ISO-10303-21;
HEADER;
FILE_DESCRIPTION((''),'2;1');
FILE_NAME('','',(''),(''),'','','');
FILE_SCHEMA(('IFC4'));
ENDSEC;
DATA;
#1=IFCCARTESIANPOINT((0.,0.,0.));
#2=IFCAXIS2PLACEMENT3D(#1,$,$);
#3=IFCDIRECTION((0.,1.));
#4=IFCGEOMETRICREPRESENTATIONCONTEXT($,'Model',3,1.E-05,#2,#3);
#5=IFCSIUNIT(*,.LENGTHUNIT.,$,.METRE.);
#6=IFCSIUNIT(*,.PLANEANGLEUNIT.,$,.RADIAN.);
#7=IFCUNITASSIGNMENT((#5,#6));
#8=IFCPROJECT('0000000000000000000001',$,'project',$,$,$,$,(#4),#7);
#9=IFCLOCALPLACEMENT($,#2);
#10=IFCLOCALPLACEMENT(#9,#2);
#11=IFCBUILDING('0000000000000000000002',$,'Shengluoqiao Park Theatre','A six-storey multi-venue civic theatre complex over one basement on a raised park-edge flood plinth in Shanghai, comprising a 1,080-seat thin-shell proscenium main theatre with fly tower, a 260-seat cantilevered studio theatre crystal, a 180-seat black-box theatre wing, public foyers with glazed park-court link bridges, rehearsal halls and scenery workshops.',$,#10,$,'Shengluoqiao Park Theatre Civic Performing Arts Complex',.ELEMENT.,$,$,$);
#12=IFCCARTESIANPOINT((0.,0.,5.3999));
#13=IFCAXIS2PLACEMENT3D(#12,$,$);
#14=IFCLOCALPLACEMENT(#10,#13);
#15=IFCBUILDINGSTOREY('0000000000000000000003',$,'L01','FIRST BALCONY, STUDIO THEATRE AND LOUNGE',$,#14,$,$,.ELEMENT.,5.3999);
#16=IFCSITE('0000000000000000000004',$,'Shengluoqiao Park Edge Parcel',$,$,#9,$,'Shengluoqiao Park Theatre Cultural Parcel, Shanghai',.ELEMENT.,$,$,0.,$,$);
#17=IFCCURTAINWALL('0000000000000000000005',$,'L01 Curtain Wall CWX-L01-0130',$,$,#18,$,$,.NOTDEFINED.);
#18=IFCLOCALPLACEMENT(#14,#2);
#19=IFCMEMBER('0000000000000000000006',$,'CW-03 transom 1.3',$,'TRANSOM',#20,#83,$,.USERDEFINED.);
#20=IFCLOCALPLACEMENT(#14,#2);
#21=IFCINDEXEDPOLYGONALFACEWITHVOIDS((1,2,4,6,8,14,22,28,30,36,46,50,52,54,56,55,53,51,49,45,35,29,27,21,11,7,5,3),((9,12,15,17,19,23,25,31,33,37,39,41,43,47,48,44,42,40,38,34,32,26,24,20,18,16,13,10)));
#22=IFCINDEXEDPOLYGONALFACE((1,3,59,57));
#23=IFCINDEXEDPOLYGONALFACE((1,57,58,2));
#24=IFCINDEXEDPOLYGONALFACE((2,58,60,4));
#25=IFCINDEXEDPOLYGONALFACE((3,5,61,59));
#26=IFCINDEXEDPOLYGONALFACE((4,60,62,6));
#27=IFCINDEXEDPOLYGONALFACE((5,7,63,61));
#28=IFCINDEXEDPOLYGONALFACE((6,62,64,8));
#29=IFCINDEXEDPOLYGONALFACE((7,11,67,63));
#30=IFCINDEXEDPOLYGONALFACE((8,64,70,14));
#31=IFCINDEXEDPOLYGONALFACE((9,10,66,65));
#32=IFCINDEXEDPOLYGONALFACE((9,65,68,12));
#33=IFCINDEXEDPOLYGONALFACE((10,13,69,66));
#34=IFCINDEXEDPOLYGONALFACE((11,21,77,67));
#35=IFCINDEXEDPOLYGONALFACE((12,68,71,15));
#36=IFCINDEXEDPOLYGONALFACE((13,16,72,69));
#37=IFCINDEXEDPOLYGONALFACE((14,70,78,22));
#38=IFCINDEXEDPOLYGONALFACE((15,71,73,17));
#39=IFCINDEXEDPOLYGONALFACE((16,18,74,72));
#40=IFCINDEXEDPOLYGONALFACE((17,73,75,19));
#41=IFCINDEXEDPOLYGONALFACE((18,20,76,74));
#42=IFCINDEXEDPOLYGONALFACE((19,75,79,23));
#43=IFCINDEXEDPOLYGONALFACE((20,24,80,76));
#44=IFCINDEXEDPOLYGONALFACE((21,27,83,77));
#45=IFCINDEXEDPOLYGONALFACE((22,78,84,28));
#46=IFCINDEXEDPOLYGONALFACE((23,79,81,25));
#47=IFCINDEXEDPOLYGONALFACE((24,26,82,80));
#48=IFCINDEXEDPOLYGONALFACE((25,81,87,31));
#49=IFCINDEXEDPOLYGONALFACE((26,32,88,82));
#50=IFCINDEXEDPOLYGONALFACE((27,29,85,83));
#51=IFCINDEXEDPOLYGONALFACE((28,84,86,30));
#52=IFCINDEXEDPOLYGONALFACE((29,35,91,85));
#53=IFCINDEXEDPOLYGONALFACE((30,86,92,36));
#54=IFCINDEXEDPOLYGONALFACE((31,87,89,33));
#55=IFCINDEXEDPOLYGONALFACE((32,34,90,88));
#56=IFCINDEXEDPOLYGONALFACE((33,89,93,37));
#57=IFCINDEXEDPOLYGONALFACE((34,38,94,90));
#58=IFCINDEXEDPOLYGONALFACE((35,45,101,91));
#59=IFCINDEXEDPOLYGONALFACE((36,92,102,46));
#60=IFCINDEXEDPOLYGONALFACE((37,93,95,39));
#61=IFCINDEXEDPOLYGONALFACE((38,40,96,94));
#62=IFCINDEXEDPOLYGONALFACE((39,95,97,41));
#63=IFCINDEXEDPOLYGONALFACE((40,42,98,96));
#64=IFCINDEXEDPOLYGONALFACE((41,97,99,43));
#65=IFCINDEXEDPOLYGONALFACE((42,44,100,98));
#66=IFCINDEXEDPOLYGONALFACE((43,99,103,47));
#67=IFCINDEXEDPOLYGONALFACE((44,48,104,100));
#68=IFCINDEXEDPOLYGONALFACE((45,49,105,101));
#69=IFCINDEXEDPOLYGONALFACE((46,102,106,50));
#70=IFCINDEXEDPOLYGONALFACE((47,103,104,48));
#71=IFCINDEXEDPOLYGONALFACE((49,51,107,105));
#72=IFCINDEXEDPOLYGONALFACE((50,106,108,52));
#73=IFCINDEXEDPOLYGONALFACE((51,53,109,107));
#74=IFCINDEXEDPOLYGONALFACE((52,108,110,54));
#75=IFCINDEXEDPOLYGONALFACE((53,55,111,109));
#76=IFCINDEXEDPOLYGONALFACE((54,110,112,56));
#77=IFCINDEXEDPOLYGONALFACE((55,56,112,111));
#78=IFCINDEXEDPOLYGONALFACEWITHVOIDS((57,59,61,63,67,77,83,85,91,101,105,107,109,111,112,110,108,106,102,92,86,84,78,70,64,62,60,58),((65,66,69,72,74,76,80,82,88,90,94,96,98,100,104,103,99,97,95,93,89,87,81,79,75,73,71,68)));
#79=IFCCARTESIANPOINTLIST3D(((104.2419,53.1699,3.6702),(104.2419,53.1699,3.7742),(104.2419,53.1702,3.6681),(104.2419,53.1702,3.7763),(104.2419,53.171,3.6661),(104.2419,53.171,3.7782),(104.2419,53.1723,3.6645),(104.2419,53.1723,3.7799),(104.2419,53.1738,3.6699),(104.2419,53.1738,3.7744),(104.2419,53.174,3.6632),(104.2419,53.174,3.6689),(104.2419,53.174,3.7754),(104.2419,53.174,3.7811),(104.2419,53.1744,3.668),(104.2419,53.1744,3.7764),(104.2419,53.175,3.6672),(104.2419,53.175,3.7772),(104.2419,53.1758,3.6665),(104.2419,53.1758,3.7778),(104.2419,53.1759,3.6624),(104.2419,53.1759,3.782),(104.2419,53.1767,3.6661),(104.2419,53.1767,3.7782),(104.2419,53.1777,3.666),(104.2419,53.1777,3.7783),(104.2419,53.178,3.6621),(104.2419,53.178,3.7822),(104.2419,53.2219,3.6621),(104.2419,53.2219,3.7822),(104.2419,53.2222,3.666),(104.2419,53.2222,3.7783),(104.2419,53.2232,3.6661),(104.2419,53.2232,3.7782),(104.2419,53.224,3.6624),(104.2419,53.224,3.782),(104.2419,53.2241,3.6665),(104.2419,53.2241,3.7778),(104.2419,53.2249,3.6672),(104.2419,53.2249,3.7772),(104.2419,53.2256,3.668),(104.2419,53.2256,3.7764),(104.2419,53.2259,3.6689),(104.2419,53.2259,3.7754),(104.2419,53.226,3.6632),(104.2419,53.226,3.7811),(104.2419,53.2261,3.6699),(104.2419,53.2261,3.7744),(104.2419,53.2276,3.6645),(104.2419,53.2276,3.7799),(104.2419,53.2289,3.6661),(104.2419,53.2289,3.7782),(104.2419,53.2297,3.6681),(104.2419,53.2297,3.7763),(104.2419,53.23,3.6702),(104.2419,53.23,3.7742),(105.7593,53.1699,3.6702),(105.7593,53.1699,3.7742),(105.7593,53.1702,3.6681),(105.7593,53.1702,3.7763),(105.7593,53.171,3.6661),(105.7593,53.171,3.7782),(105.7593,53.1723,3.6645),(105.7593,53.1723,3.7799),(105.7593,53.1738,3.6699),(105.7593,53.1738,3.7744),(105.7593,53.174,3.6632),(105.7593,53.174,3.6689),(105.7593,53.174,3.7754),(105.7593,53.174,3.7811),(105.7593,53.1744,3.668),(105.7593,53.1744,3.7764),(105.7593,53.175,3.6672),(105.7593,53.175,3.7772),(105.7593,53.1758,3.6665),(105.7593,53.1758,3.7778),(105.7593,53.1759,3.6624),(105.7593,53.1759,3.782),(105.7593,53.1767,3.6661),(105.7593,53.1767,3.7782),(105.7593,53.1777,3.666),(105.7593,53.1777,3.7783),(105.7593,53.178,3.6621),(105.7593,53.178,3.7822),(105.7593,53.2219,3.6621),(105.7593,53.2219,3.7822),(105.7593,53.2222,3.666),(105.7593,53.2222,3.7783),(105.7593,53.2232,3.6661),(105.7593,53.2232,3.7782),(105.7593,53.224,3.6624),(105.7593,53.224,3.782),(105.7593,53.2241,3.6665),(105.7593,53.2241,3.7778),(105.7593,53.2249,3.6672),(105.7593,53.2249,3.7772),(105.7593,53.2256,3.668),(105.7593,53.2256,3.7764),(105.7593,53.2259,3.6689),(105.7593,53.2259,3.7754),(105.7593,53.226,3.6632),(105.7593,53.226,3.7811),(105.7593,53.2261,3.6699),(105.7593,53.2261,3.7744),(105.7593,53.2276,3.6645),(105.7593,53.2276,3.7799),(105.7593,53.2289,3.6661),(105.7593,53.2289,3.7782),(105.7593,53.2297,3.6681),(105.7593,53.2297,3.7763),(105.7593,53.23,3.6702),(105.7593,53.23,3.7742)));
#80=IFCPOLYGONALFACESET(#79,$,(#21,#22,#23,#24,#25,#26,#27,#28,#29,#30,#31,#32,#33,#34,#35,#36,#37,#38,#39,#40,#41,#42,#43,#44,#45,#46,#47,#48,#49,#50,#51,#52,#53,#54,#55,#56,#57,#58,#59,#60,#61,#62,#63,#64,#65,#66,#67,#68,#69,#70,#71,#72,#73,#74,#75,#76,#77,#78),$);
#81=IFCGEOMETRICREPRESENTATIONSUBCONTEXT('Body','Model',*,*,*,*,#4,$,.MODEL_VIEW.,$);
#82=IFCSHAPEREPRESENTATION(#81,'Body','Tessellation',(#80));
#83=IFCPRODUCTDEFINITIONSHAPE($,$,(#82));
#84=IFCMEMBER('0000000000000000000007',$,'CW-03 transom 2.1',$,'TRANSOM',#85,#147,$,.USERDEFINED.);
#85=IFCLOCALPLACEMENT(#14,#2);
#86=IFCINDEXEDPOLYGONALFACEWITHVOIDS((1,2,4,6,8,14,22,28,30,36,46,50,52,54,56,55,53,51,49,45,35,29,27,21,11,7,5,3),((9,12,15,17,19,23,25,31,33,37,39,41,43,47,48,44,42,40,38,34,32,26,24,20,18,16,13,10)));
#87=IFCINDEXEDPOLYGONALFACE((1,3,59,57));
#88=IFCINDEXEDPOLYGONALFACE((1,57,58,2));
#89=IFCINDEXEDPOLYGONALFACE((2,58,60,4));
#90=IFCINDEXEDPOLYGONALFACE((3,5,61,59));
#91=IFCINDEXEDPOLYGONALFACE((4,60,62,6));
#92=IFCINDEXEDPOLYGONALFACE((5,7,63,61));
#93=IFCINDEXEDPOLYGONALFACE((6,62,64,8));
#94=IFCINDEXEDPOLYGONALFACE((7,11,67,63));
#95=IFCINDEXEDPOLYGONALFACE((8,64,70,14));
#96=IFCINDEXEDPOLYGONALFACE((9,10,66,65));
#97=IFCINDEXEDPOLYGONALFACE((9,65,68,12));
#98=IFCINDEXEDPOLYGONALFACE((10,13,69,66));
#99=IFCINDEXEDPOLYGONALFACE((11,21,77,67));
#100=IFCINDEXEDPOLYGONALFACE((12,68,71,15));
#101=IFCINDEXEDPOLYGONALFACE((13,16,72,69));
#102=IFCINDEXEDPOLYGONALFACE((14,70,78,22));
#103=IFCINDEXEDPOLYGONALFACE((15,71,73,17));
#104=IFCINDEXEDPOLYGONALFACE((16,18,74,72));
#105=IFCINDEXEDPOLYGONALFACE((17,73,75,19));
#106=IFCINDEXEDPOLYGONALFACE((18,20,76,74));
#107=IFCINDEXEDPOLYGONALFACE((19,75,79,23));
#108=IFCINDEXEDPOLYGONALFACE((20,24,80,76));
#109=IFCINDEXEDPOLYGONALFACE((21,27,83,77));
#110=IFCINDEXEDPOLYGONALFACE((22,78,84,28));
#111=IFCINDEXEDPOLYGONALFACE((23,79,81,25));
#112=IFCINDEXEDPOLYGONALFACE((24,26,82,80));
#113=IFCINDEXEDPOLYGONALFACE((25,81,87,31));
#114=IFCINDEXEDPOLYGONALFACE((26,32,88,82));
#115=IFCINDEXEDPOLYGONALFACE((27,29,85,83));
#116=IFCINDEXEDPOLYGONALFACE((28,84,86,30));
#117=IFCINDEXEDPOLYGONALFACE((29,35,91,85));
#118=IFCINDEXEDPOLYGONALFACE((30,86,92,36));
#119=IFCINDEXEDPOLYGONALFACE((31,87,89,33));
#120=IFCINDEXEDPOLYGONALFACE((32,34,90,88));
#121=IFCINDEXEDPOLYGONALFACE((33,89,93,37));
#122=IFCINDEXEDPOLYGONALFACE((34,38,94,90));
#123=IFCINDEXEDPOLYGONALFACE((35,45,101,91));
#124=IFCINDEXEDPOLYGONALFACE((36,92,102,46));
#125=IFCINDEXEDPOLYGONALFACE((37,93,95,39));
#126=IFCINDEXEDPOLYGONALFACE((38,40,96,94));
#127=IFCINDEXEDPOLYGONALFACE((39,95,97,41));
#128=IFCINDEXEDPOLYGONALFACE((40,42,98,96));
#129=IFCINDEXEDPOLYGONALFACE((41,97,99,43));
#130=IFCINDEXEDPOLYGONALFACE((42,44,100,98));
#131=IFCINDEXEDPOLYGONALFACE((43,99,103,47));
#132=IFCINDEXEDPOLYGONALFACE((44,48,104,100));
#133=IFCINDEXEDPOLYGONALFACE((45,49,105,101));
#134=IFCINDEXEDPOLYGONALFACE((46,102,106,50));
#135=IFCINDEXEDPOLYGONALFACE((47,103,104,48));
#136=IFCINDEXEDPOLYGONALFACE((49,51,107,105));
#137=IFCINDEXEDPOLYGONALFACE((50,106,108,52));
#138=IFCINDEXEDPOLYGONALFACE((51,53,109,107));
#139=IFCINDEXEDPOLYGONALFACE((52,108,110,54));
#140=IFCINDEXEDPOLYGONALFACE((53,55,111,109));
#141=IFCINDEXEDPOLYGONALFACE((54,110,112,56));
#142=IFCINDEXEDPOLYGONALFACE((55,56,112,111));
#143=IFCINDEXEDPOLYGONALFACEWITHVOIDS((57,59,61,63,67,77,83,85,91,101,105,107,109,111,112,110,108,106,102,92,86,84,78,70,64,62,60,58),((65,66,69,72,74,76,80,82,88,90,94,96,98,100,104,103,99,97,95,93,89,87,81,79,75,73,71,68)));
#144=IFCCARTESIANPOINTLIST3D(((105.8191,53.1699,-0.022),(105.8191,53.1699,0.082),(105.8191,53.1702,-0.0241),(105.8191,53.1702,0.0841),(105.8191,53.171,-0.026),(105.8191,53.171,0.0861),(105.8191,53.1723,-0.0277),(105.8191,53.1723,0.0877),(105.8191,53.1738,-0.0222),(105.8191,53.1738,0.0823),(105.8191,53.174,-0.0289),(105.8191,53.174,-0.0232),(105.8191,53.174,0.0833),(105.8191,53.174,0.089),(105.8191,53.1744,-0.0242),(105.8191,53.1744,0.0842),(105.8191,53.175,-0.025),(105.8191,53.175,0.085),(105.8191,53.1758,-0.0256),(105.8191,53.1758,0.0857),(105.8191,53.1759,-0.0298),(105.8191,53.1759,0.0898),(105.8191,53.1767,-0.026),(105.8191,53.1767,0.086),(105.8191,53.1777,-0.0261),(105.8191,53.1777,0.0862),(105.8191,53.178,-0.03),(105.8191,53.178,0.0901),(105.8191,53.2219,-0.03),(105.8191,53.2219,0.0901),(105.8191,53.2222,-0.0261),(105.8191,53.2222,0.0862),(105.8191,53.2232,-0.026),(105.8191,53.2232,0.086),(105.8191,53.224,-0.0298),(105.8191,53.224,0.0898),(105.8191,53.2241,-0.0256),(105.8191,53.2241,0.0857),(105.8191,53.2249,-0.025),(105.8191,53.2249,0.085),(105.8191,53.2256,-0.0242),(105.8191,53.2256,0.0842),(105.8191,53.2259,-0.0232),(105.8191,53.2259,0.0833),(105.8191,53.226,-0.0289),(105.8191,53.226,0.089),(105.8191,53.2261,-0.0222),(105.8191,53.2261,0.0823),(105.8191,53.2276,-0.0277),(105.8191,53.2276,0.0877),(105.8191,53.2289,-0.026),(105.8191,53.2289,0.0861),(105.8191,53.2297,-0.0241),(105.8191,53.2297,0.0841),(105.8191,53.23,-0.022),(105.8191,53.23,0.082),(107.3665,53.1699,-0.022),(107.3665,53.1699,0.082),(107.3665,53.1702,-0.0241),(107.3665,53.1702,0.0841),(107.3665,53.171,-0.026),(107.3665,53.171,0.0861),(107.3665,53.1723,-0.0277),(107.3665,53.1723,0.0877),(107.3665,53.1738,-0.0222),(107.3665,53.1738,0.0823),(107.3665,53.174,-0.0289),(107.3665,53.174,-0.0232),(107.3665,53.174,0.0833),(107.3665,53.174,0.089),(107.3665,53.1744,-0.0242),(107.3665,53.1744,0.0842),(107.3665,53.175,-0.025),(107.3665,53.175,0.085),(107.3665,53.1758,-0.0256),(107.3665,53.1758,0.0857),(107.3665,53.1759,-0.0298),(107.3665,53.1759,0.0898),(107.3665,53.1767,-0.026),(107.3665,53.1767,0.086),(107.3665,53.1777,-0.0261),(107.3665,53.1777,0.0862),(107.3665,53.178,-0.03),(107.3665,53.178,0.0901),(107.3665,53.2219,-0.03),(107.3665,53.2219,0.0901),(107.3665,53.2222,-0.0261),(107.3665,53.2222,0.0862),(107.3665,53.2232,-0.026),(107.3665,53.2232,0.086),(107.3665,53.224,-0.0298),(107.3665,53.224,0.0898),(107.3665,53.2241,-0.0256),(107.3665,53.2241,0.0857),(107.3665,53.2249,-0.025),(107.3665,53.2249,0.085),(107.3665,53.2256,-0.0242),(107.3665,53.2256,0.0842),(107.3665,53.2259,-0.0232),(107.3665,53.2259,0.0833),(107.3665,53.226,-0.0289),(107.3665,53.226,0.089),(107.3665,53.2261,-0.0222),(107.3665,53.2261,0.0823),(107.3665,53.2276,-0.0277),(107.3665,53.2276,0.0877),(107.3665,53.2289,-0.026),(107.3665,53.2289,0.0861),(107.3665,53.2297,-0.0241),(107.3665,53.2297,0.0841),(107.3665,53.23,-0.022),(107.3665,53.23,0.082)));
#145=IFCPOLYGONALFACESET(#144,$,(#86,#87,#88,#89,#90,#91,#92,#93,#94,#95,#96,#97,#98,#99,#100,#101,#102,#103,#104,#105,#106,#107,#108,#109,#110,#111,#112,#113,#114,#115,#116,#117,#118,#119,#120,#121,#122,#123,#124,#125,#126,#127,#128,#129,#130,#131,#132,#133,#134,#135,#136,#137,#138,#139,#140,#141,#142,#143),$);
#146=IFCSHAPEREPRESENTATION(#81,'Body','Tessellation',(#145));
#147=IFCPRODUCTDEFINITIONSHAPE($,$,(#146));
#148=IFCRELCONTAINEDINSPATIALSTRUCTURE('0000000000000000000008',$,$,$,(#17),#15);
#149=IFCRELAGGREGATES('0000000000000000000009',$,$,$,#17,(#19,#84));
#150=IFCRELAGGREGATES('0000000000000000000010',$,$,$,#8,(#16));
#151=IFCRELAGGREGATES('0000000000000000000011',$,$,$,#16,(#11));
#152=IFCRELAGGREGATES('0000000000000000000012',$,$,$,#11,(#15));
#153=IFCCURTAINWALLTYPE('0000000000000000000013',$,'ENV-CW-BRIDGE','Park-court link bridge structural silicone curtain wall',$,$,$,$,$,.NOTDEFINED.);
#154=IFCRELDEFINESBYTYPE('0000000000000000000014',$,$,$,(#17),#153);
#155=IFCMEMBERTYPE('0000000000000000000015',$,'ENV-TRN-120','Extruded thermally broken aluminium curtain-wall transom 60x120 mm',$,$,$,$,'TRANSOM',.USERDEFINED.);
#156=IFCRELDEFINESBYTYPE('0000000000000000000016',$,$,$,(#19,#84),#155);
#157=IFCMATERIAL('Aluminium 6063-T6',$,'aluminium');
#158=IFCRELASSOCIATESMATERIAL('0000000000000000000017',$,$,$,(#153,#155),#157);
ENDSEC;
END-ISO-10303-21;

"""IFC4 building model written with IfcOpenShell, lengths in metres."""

from ifc_helpers import new_model, si_unit, direction, frame, origin, origin_2d, place, context, subcontext, project, spatial, hollow_rectangle, extrude, material, material_profile, profile_set, type_object, element, aggregate, save


model = new_model("IFC4")

# Units and contexts
model_context = context("Model", 3, precision=1e-05, world=origin(), true_north=direction((0.0, 1.0)))
body_context = subcontext(model_context, "Body", "Model", "MODEL_VIEW")
ifc_project = project(units=[si_unit("LENGTHUNIT", "METRE"), si_unit("PLANEANGLEUNIT", "RADIAN")], contexts=[model_context])

# Site, building, storey
site_placement = place(None, origin())
site = spatial("IfcSite", under=ifc_project, at=site_placement, Name="Shengluoqiao Park Edge Parcel", LongName="Shengluoqiao Park Theatre Cultural Parcel, Shanghai", CompositionType="ELEMENT", RefElevation=0.0)
building_placement = place(site_placement, origin())
building = spatial("IfcBuilding", under=site, at=building_placement, Name="Shengluoqiao Park Theatre", Description="A six-storey multi-venue civic theatre complex over one basement on a raised park-edge flood plinth in Shanghai, comprising a 1,080-seat thin-shell proscenium main theatre with fly tower, a 260-seat cantilevered studio theatre crystal, a 180-seat black-box theatre wing, public foyers with glazed park-court link bridges, rehearsal halls and scenery workshops.", LongName="Shengluoqiao Park Theatre Civic Performing Arts Complex", CompositionType="ELEMENT")
storey_placement = place(building_placement, frame((0.0, 0.0, 5.3999)))
storey = spatial("IfcBuildingStorey", under=building, at=storey_placement, Name="L01", Description="FIRST BALCONY, STUDIO THEATRE AND LOUNGE", CompositionType="ELEMENT", Elevation=5.3999)

# Shared definitions
ifc_material_1 = material(Name="Aluminium 6063-T6", Category="aluminium")
curtain_wall_type = type_object("IfcCurtainWallType", Name="ENV-CW-BRIDGE", Description="Park-court link bridge structural silicone curtain wall", PredefinedType="NOTDEFINED", material=ifc_material_1)

# Curtain wall
curtain_wall_1_placement = place(storey_placement, origin())
curtain_wall_1 = element("IfcCurtainWall", 1, at=curtain_wall_1_placement, inside=storey, type_object=curtain_wall_type, Name="L01 Curtain Wall CWX-L01-0130", PredefinedType="NOTDEFINED")

# Members
ifc_material_profile_1 = material_profile(ifc_material_1, hollow_rectangle(XDim=0.0601, YDim=0.1201, WallThickness=0.0039, InnerFilletRadius=0.0039, OuterFilletRadius=0.0081, at=origin_2d()), Name="ALU TRANSOM 120x60x4")
ifc_profile_set_1 = profile_set([ifc_material_profile_1], Name="Aluminium 6063-T6")
member_type_1 = type_object("IfcMemberType", Name="ENV-TRN-120", Description="Extruded thermally broken aluminium curtain-wall transom 60x120 mm", ElementType="TRANSOM", PredefinedType="USERDEFINED", material=ifc_profile_set_1)
member_1_placement = place(storey_placement, frame((104.2419, 53.2, 3.7222), z_axis=(1.0, 0.0, 0.0), x_axis=(0.0, 1.0, 0.0)))
member_1 = element("IfcMember", 2, at=member_1_placement, type_object=member_type_1, Name="CW-03 transom 1.3", ObjectType="TRANSOM", PredefinedType="USERDEFINED", context=body_context, shape_type="SweptSolid", body=[
    extrude(hollow_rectangle(XDim=0.0601, YDim=0.1201, WallThickness=0.0039, InnerFilletRadius=0.0039, OuterFilletRadius=0.0081, at=origin_2d()), origin(), (0.0, 0.0, 1.0), 1.5173),
])
member_2_placement = place(storey_placement, frame((105.8191, 53.2, 0.03), z_axis=(1.0, 0.0, 0.0), x_axis=(0.0, 1.0, 0.0)))
member_2 = element("IfcMember", 3, at=member_2_placement, type_object=member_type_1, Name="CW-03 transom 2.1", ObjectType="TRANSOM", PredefinedType="USERDEFINED", context=body_context, shape_type="SweptSolid", body=[
    extrude(hollow_rectangle(XDim=0.0601, YDim=0.1201, WallThickness=0.0039, InnerFilletRadius=0.0039, OuterFilletRadius=0.0081, at=origin_2d()), origin(), (0.0, 0.0, 1.0), 1.5474),
])

aggregate(curtain_wall_1, [member_1, member_2])

save(model, "model.ifc")
